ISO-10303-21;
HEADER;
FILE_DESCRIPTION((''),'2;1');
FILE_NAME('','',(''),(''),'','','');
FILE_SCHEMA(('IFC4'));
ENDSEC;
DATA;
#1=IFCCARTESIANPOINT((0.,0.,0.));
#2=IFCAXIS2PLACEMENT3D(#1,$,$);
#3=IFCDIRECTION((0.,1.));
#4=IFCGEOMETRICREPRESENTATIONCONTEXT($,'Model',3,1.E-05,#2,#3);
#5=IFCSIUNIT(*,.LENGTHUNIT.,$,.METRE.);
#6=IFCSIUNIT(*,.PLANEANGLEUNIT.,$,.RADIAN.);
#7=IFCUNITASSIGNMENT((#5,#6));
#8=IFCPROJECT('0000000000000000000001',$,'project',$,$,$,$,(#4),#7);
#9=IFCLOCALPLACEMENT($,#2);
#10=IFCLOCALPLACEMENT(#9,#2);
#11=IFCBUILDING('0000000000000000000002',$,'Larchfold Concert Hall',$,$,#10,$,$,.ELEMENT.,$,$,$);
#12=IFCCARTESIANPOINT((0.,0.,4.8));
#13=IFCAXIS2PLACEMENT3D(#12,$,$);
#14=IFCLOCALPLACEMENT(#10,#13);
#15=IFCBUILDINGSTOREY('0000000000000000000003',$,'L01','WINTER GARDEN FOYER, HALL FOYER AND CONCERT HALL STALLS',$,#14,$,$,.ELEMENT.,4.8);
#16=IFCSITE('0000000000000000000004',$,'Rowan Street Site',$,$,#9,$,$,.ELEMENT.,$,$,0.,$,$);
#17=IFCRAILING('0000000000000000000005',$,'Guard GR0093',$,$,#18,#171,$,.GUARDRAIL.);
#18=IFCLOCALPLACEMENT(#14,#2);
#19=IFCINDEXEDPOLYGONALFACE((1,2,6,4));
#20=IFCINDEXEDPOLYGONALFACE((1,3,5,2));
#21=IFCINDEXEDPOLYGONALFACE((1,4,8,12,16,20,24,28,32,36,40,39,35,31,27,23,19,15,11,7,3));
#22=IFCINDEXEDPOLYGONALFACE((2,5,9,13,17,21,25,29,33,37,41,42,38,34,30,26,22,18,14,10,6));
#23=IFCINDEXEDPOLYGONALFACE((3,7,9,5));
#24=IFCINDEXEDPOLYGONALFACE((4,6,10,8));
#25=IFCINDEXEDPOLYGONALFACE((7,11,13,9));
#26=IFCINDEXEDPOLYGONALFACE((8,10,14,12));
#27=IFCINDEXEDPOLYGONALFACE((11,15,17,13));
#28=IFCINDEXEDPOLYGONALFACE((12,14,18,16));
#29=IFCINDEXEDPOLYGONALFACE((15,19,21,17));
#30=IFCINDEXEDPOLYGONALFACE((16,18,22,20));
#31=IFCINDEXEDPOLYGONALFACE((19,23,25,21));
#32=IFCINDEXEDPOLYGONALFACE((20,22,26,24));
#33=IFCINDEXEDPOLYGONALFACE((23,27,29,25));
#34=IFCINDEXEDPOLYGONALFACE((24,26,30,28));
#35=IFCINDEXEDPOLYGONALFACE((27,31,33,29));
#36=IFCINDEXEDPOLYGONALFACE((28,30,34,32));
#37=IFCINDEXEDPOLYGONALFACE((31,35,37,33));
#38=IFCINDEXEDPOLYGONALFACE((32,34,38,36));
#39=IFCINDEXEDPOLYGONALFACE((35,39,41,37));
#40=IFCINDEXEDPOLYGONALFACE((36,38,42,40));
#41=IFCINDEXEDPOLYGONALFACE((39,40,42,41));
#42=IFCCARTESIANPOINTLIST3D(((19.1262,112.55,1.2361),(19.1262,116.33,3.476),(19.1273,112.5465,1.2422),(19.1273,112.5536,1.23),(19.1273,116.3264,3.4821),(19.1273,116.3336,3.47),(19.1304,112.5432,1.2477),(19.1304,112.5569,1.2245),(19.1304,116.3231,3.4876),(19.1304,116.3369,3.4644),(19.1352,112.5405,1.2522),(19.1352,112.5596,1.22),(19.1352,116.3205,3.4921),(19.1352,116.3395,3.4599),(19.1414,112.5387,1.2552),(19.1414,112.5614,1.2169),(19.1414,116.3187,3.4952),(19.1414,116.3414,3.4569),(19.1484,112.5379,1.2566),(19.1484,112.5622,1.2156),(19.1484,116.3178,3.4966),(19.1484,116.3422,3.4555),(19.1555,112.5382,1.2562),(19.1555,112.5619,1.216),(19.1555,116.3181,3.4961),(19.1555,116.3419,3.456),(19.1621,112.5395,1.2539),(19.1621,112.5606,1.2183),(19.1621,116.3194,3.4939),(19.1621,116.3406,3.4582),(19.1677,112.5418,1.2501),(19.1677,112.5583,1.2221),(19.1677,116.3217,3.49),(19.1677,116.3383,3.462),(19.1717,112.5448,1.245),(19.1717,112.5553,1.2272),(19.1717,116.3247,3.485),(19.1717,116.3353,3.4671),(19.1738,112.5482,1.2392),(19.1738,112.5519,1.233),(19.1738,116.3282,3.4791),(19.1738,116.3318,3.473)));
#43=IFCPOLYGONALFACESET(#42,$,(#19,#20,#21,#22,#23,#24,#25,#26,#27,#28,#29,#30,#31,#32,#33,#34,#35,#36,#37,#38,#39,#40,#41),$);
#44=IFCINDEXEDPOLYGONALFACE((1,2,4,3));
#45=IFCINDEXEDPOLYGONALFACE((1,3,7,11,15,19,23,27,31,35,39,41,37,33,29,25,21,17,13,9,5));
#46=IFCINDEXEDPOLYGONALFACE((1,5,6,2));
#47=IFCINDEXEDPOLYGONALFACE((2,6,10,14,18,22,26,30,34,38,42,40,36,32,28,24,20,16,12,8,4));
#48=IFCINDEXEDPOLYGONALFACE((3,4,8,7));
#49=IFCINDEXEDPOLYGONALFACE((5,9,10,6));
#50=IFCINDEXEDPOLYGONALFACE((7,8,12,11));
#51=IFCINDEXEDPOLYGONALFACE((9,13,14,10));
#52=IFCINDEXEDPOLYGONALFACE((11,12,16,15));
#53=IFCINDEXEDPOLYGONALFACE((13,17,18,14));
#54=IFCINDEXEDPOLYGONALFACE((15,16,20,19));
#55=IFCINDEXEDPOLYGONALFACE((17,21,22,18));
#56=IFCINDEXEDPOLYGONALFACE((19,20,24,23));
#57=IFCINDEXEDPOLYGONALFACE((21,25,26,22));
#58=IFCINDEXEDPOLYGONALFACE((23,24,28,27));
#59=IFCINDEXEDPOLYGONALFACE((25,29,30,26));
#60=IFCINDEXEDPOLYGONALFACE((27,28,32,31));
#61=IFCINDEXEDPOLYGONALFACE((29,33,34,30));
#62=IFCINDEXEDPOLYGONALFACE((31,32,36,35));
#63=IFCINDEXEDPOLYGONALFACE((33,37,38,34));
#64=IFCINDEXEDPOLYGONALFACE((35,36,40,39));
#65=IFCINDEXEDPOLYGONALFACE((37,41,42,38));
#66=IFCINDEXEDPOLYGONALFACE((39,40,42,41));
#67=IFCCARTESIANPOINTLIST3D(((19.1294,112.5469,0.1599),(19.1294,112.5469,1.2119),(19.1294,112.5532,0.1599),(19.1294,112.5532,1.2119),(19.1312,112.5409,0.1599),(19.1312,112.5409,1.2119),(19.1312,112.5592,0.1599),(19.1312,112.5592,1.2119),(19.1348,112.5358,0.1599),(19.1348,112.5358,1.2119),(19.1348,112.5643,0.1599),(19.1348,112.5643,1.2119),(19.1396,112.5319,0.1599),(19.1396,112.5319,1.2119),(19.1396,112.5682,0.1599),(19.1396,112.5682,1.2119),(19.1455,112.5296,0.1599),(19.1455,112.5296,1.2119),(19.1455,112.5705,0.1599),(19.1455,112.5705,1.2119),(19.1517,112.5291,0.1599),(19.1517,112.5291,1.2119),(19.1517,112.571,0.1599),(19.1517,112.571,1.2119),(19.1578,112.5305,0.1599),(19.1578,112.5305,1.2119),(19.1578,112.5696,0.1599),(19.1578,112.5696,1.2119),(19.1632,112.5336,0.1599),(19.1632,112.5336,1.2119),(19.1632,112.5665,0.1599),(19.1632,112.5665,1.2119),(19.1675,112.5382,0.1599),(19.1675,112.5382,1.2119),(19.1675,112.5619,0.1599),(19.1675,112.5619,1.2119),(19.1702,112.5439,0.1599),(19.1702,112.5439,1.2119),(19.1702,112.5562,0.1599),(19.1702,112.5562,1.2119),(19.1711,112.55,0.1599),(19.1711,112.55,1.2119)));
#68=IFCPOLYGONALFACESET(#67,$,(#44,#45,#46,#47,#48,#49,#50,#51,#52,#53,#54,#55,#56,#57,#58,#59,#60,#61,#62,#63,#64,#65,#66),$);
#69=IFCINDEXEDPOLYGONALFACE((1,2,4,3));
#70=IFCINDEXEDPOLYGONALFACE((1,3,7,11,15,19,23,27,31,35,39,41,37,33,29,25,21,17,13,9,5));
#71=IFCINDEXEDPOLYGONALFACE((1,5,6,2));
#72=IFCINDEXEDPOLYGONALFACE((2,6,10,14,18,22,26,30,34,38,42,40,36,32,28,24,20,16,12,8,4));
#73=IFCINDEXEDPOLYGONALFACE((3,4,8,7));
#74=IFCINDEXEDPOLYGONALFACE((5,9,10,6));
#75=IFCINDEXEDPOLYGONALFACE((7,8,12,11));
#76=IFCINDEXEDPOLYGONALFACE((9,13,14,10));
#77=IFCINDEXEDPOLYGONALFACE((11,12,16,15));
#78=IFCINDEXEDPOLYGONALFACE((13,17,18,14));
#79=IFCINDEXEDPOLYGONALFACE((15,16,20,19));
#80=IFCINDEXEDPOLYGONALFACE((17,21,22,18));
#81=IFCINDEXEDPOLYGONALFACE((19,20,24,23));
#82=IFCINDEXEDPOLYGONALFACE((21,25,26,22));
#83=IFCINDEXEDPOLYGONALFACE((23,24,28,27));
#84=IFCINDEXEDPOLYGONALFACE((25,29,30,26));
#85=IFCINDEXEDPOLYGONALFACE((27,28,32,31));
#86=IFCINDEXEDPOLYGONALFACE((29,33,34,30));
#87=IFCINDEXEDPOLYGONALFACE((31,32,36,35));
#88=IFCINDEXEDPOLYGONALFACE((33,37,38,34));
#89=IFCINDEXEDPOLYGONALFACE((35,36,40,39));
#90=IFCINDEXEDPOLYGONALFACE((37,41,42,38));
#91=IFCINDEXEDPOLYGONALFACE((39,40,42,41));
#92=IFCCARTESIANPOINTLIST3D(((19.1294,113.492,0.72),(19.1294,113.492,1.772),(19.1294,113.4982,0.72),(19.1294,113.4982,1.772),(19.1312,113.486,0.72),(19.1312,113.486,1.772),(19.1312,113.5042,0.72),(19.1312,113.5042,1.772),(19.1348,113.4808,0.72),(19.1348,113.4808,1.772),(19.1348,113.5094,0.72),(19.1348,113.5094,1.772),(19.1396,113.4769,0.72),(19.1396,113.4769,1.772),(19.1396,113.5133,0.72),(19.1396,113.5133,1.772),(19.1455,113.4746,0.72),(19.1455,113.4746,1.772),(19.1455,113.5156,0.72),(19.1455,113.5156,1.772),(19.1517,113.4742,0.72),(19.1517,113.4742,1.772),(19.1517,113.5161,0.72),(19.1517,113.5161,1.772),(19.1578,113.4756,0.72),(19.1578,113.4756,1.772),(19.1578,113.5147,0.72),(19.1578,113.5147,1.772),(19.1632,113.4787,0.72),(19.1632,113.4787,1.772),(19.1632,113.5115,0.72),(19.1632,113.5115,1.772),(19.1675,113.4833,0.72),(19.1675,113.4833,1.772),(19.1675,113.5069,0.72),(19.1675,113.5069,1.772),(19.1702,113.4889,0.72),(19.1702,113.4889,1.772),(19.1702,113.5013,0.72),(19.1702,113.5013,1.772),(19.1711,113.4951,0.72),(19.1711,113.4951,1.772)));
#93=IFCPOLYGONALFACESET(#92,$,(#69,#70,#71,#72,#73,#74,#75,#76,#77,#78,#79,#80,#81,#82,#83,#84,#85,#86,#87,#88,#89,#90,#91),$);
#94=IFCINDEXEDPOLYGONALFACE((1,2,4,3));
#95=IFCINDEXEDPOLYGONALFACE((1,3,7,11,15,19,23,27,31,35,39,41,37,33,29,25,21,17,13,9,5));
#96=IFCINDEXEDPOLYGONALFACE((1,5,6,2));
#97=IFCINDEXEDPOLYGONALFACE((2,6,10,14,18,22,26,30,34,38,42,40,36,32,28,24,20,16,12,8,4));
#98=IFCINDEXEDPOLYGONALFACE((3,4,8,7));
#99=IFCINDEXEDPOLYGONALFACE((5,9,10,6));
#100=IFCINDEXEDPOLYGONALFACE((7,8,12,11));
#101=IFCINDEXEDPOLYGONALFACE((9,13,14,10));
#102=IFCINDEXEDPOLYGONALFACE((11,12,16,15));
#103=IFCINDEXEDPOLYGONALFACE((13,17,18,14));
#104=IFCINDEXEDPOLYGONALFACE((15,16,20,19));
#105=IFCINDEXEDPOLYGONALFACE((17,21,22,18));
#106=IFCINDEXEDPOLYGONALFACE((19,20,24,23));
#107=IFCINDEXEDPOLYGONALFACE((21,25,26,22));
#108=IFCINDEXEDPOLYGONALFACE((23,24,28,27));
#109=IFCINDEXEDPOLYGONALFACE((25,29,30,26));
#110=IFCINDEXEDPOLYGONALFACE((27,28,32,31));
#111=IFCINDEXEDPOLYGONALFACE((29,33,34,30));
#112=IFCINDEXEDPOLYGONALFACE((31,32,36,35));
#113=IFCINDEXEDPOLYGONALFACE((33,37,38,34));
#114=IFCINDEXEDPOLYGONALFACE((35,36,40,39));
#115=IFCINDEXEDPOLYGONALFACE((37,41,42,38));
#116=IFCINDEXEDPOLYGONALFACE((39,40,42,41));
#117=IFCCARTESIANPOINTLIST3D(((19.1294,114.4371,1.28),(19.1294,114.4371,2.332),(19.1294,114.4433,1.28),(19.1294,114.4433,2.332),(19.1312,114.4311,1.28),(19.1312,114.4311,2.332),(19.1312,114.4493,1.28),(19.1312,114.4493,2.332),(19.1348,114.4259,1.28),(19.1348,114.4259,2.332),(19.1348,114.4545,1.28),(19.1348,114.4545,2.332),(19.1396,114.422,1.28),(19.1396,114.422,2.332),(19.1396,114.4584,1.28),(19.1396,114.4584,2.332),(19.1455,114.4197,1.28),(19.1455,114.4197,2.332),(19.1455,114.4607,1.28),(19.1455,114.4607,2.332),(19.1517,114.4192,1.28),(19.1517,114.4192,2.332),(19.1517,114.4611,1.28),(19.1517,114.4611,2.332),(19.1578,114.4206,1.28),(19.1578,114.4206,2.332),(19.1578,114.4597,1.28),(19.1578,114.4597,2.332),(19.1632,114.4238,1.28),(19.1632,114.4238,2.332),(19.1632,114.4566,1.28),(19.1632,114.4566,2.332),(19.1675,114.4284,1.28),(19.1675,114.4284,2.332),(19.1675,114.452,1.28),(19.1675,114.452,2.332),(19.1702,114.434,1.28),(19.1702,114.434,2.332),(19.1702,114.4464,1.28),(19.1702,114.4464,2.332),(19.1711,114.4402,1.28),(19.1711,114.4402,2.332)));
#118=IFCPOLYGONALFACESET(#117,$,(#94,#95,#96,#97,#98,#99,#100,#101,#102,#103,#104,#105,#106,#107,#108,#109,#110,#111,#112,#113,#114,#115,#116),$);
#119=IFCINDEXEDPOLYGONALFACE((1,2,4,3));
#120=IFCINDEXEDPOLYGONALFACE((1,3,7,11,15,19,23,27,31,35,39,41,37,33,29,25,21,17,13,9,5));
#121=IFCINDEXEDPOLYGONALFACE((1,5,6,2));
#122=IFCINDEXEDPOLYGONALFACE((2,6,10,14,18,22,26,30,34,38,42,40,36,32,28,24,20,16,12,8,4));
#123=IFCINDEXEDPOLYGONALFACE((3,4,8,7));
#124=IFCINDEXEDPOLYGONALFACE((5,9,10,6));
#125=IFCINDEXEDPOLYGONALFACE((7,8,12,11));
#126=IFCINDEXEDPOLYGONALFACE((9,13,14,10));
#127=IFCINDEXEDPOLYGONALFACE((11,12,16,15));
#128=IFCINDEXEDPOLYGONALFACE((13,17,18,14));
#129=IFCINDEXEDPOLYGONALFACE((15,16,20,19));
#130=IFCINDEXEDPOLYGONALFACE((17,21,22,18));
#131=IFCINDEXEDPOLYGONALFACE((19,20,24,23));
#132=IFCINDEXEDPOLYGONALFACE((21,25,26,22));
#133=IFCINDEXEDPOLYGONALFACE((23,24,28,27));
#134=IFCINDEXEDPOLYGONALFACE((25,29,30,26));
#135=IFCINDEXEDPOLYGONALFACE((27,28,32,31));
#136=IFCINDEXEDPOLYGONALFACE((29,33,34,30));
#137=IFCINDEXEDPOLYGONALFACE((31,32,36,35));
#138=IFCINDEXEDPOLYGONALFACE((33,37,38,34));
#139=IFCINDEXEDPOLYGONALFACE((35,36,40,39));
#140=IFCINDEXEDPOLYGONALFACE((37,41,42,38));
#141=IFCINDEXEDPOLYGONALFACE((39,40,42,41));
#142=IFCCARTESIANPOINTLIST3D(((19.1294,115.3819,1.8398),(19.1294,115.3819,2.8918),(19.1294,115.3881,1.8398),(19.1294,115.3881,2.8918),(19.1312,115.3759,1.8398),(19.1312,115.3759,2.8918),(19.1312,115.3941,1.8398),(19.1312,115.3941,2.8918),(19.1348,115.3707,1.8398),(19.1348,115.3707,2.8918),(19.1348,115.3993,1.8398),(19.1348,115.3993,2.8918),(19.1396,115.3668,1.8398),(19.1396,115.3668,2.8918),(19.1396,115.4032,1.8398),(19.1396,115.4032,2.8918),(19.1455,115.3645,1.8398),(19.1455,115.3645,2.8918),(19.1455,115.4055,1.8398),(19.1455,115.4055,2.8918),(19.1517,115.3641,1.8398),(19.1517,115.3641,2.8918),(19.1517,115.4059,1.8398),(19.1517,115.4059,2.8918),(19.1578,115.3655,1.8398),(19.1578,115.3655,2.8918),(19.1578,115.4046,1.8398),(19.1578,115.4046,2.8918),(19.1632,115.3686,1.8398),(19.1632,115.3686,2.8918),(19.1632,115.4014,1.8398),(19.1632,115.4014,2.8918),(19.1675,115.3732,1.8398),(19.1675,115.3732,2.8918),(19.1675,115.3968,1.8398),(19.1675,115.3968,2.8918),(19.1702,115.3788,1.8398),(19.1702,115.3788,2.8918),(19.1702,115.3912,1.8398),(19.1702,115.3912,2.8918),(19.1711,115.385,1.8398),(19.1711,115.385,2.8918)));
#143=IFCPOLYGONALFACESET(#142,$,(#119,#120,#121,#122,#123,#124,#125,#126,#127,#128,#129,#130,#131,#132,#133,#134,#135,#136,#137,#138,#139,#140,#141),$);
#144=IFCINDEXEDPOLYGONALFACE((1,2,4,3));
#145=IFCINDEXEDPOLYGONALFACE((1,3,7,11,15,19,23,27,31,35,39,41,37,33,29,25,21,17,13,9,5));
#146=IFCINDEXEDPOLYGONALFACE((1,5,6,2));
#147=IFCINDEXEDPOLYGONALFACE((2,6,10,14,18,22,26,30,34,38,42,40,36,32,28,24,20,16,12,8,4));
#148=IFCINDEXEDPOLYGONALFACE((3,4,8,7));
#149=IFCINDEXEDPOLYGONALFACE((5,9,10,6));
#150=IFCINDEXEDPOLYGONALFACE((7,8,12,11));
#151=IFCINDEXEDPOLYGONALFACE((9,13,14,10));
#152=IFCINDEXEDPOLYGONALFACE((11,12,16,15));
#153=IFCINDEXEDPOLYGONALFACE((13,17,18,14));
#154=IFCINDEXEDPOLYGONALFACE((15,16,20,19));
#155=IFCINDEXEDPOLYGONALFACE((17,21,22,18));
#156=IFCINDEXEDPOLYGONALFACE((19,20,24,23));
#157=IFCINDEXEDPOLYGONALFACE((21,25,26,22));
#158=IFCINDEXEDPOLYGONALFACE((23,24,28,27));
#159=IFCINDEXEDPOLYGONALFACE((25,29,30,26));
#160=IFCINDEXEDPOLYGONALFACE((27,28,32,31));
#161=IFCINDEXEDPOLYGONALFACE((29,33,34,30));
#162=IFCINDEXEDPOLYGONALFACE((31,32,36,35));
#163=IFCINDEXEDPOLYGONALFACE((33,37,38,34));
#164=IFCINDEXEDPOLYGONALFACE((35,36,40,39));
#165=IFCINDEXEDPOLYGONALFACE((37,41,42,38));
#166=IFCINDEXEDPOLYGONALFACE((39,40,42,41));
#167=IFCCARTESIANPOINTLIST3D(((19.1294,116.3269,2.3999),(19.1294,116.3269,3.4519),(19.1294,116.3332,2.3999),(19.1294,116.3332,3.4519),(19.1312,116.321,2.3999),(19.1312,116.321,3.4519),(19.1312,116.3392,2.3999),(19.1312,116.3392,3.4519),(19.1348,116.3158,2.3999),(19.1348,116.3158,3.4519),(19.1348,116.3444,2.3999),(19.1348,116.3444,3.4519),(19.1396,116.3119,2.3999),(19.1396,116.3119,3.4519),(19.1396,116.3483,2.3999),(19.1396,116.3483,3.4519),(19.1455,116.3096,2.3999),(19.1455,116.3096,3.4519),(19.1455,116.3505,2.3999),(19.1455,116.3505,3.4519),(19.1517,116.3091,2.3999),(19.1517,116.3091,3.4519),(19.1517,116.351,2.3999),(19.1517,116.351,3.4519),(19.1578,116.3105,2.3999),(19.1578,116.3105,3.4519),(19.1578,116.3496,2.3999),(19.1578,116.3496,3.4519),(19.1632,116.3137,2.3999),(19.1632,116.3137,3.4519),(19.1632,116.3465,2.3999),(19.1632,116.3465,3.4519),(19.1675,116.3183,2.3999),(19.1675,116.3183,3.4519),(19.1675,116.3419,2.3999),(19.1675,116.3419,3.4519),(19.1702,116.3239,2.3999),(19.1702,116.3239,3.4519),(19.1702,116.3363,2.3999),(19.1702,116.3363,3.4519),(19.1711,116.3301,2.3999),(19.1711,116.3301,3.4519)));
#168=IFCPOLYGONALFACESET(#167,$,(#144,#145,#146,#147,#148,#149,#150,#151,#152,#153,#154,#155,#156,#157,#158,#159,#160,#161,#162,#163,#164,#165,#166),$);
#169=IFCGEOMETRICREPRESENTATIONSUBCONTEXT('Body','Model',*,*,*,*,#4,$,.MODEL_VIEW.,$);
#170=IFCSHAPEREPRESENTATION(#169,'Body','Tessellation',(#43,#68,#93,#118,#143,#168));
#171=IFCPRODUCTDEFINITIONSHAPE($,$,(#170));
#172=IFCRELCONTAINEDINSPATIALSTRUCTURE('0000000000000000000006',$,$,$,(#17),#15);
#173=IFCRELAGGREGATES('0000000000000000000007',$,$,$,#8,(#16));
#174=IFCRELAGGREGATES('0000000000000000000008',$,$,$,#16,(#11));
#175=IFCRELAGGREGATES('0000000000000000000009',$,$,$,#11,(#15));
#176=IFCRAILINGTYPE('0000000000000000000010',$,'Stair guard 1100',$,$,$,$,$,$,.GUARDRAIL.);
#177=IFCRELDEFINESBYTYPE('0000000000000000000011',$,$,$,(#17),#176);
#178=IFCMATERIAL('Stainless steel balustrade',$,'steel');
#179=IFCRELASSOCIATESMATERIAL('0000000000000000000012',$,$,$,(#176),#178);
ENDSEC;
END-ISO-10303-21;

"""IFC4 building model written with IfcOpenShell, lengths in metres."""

from ifc_helpers import new_model, si_unit, direction, frame, origin, origin_2d, place, context, subcontext, project, spatial, circle, extrude, material, type_object, element, save


model = new_model("IFC4")

# Units and contexts
model_context = context("Model", 3, precision=1e-05, world=origin(), true_north=direction((0.0, 1.0)))
body_context = subcontext(model_context, "Body", "Model", "MODEL_VIEW")
ifc_project = project(units=[si_unit("LENGTHUNIT", "METRE"), si_unit("PLANEANGLEUNIT", "RADIAN")], contexts=[model_context])

# Site, building, storey
site_placement = place(None, origin())
site = spatial("IfcSite", under=ifc_project, at=site_placement, Name="Rowan Street Site", CompositionType="ELEMENT", RefElevation=0.0)
building_placement = place(site_placement, origin())
building = spatial("IfcBuilding", under=site, at=building_placement, Name="Larchfold Concert Hall", CompositionType="ELEMENT")
storey_placement = place(building_placement, frame((0.0, 0.0, 4.8)))
storey = spatial("IfcBuildingStorey", under=building, at=storey_placement, Name="L01", Description="WINTER GARDEN FOYER, HALL FOYER AND CONCERT HALL STALLS", CompositionType="ELEMENT", Elevation=4.8)

# Railing
ifc_material_1 = material(Name="Stainless steel balustrade", Category="steel")
railing_type_1 = type_object("IfcRailingType", Name="Stair guard 1100", PredefinedType="GUARDRAIL", material=ifc_material_1)
railing_1_placement = place(storey_placement, frame((19.1501, 112.55, 0.1599)))
element("IfcRailing", 1, at=railing_1_placement, inside=storey, type_object=railing_type_1, Name="Guard GR0093", PredefinedType="GUARDRAIL", context=body_context, shape_type="SweptSolid", body=[
    extrude(circle(Radius=0.0239, at=origin_2d()), frame((0.0, 0.0, 1.0762), z_axis=(0.0, 0.860294, 0.509798), x_axis=(-1.0, 0.0, 0.0)), (0.0, 0.0, 1.0), 4.3938),
    extrude(circle(Radius=0.021, at=origin_2d()), origin(), (0.0, 0.0, 1.0), 1.052),
    extrude(circle(Radius=0.021, at=origin_2d()), frame((0.0, 0.9451, 0.5601)), (0.0, 0.0, 1.0), 1.052),
    extrude(circle(Radius=0.021, at=origin_2d()), frame((0.0, 1.8901, 1.1201)), (0.0, 0.0, 1.0), 1.052),
    extrude(circle(Radius=0.021, at=origin_2d()), frame((0.0, 2.835, 1.6799)), (0.0, 0.0, 1.0), 1.052),
    extrude(circle(Radius=0.021, at=origin_2d()), frame((0.0, 3.78, 2.24)), (0.0, 0.0, 1.0), 1.052),
])

save(model, "model.ifc")
